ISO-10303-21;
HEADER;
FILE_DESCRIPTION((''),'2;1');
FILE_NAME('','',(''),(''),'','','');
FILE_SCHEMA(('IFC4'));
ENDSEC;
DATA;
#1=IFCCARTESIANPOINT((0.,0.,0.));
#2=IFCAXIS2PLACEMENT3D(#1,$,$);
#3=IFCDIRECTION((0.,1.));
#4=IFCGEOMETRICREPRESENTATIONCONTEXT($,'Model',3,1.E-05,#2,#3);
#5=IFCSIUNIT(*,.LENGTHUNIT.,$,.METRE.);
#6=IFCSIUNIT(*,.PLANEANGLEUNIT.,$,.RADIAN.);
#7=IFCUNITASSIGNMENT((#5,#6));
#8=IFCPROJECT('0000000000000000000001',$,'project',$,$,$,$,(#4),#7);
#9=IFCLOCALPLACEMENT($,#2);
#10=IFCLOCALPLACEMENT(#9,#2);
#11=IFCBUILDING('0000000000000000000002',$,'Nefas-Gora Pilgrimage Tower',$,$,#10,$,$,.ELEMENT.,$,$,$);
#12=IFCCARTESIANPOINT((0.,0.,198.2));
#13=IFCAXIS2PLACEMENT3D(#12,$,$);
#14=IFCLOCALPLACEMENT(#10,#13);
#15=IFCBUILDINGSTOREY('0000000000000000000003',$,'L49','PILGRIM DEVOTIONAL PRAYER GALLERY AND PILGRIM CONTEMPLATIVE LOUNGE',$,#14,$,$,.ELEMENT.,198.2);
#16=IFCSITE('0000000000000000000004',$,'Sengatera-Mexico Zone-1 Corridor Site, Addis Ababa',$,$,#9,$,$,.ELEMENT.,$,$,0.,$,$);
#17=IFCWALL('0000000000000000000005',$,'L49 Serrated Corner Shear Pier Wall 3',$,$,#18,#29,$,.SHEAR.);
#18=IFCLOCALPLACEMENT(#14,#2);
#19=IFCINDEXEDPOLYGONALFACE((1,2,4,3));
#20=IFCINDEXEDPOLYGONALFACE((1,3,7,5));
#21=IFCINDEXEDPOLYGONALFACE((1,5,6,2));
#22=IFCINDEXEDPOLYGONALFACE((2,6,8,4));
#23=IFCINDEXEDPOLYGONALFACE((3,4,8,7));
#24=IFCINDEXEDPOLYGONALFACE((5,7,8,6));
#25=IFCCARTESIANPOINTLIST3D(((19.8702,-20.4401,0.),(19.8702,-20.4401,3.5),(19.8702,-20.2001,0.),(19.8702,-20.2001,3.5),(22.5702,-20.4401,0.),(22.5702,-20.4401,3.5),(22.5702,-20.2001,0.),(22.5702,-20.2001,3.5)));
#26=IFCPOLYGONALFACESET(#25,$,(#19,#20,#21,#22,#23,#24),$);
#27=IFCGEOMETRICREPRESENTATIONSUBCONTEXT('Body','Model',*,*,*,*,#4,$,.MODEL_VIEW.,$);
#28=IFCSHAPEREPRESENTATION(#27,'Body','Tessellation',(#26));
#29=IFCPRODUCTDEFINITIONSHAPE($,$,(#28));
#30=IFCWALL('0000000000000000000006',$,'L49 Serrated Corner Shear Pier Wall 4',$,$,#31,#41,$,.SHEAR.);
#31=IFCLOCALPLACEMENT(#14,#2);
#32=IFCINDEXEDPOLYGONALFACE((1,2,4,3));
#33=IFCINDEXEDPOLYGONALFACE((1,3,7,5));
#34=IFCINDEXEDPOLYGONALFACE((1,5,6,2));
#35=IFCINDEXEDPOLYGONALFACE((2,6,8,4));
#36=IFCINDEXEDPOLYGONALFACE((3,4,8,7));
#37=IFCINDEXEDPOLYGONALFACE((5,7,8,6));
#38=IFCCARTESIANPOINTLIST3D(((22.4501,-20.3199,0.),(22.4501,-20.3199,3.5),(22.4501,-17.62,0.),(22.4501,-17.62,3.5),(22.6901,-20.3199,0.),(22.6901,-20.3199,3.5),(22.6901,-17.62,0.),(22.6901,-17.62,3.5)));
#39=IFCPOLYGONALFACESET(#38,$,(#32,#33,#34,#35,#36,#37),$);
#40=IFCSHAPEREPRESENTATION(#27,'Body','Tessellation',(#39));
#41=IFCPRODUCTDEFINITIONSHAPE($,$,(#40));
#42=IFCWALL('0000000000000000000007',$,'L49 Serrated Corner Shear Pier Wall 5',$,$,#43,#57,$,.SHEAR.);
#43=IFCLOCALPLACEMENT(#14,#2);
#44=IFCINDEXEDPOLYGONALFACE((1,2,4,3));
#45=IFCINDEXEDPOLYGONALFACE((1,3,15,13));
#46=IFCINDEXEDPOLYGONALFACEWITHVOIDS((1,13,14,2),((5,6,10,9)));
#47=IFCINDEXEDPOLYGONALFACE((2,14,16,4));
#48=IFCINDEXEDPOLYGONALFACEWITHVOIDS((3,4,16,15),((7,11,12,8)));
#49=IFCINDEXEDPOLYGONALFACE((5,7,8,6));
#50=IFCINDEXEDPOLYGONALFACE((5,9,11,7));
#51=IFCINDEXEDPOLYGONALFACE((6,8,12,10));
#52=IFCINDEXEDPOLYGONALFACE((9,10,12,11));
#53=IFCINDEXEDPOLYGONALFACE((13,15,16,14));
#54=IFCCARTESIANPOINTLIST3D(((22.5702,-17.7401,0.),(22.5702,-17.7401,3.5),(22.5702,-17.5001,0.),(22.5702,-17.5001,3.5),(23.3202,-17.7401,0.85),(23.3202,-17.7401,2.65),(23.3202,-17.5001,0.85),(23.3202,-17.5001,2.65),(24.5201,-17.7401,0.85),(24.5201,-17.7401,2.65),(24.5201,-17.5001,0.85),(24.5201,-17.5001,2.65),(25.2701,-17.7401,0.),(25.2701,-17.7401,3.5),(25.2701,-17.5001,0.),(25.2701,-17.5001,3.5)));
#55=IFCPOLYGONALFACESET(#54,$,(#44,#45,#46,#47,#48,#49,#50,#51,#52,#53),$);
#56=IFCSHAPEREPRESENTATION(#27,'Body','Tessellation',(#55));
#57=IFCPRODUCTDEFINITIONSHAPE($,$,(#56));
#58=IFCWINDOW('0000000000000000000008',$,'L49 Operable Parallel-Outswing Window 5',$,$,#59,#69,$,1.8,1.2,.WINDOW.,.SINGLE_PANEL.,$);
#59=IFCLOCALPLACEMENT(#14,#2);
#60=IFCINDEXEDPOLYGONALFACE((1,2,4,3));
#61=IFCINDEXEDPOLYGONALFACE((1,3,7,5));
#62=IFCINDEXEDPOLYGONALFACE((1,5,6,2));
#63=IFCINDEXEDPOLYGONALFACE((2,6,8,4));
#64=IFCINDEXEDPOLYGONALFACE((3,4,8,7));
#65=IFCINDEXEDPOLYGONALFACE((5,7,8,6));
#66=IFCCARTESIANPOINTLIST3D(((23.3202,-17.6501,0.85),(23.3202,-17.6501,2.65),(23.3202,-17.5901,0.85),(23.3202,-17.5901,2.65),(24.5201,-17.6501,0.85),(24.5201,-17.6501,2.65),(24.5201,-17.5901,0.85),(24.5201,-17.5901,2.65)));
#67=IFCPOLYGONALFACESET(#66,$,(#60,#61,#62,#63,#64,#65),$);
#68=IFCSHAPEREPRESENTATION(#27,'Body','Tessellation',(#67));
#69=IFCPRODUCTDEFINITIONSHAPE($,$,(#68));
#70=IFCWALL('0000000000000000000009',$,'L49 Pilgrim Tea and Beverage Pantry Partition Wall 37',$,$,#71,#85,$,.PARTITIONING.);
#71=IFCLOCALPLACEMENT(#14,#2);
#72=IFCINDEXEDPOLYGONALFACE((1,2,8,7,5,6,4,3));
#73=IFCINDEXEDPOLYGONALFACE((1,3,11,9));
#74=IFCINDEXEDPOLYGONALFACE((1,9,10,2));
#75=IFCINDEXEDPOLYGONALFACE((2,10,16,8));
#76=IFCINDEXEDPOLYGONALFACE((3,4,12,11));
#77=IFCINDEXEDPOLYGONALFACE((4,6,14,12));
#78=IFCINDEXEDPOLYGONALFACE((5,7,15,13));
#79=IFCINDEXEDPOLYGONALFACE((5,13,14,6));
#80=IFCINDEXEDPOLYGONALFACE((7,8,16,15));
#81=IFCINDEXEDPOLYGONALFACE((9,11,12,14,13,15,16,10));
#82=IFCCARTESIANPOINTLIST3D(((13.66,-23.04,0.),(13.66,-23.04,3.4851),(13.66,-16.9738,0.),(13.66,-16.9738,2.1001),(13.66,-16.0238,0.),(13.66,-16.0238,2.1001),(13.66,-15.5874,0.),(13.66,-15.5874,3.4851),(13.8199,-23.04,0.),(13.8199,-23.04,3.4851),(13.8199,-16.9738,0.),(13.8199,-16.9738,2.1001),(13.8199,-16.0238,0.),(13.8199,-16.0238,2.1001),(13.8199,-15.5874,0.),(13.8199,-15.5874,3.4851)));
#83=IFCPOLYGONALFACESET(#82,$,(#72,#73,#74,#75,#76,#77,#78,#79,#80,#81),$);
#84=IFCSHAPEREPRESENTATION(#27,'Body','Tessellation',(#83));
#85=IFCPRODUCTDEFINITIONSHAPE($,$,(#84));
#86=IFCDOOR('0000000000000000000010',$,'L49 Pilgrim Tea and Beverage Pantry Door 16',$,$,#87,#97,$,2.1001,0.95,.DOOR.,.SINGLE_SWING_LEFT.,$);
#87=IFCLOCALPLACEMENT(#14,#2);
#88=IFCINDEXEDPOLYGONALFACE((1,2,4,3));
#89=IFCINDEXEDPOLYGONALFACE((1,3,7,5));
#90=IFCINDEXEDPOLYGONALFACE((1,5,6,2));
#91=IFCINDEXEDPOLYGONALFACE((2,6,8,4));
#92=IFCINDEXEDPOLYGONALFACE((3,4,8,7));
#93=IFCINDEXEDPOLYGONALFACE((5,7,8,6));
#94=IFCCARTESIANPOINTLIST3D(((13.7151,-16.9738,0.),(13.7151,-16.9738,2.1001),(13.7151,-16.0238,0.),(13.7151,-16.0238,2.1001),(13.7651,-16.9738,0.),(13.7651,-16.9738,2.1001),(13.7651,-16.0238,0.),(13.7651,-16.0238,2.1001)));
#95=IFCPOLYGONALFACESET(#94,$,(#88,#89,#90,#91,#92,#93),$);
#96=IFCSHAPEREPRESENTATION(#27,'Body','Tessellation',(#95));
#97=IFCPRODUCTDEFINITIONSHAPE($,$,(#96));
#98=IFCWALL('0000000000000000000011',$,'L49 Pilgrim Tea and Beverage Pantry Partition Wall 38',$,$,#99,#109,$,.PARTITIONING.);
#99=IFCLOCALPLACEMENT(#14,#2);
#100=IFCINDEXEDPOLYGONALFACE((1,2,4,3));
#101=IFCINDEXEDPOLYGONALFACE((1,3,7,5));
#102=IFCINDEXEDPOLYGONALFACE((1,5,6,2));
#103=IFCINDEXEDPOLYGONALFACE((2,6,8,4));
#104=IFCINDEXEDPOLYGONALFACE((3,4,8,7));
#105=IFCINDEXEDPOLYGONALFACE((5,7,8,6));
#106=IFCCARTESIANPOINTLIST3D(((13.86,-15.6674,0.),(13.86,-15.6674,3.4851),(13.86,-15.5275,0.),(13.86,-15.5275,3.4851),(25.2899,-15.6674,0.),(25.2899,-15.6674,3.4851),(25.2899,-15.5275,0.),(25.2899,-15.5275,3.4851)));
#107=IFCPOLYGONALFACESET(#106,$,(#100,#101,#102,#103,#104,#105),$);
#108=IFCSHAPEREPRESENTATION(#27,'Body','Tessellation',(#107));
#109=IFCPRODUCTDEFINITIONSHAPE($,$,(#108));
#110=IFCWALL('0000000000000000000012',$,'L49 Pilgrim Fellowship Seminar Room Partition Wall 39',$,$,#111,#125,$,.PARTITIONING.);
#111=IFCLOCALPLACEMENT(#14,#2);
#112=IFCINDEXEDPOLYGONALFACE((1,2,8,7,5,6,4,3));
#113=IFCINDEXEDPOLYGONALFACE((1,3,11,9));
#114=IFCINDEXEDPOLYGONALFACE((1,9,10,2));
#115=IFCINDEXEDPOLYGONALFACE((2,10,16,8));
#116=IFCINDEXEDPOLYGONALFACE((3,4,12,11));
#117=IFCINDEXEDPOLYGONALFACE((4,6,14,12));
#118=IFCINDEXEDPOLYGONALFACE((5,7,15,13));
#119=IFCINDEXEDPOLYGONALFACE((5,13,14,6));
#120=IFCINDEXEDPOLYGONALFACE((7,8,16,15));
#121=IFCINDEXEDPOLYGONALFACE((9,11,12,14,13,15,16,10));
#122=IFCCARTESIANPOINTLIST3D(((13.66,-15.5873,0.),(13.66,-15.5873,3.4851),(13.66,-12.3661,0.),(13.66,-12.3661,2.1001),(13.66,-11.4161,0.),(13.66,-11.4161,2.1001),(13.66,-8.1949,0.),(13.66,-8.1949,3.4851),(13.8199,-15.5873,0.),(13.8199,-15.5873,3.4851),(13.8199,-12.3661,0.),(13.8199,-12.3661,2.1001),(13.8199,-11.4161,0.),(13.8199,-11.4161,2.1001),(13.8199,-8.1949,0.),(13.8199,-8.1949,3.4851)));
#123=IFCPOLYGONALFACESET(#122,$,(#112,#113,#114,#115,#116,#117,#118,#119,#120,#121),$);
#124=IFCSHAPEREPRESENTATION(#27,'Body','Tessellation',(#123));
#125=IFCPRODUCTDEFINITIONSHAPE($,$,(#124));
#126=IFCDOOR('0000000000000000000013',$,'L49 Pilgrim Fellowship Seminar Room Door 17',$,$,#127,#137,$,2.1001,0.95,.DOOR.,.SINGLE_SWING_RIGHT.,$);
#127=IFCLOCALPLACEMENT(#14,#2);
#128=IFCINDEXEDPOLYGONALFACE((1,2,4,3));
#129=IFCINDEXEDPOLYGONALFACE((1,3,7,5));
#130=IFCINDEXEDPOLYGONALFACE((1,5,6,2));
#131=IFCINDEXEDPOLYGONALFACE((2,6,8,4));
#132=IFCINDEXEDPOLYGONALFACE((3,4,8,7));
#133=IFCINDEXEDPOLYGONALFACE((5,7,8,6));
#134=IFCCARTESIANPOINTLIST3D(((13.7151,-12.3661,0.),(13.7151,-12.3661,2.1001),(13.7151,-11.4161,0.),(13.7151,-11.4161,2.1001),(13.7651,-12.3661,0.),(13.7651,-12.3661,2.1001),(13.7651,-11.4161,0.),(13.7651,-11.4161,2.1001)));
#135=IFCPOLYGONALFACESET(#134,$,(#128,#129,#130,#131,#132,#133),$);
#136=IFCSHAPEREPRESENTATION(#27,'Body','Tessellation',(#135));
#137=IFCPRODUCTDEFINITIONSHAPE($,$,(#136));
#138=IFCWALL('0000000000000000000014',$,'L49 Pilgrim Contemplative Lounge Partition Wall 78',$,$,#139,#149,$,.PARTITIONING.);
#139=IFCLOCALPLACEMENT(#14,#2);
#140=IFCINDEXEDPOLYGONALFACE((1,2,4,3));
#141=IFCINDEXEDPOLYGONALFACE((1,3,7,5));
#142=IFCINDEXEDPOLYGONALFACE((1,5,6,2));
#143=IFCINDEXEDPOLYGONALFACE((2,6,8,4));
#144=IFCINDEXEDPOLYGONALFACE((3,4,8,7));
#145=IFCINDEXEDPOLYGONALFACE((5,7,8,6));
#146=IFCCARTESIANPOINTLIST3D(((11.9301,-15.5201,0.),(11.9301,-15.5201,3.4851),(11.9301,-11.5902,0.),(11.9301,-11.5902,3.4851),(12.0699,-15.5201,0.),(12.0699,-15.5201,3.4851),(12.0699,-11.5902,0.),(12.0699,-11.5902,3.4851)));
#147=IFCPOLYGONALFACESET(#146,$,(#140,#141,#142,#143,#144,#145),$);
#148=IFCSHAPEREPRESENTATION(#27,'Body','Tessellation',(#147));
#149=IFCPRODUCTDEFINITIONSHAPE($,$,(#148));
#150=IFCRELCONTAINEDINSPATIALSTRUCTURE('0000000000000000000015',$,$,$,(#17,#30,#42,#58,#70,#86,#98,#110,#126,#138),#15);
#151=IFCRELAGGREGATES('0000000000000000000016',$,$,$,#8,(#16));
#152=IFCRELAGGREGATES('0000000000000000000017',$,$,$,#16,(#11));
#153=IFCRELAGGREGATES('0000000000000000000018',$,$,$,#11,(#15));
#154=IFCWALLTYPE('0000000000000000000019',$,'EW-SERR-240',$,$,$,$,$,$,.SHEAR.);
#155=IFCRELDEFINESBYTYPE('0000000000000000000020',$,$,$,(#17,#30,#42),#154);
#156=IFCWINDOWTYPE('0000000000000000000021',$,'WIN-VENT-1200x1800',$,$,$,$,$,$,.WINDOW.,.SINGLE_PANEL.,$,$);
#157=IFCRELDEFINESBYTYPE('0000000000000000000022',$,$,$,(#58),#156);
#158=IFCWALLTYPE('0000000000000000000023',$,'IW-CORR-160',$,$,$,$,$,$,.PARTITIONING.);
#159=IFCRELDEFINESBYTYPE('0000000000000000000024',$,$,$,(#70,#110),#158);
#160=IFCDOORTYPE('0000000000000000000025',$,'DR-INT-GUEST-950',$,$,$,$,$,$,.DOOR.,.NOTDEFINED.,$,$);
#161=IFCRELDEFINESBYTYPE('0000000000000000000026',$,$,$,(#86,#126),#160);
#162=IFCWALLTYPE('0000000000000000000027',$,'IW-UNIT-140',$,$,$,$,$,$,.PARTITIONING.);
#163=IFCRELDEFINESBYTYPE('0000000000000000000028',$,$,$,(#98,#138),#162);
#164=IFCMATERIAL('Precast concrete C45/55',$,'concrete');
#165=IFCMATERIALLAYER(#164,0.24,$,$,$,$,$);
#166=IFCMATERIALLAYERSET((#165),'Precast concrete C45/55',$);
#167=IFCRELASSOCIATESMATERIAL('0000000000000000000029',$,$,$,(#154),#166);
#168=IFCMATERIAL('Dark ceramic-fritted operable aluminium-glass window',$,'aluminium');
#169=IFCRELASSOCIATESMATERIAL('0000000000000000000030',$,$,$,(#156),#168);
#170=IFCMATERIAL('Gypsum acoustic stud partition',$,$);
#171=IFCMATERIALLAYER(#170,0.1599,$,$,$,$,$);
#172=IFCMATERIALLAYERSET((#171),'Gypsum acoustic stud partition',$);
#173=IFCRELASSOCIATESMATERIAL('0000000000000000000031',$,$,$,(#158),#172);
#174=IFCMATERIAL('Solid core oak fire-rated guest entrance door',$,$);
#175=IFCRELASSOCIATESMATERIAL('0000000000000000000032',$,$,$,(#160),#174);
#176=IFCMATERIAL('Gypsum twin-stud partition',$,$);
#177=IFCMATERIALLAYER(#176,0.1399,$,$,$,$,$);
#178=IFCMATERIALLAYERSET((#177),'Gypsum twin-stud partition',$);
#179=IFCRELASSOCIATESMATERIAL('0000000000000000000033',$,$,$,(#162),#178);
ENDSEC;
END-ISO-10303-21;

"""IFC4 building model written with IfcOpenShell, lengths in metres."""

from ifc_helpers import new_model, si_unit, direction, frame, frame_2d, origin, place, context, subcontext, project, spatial, rectangle, extrude, source, transform, mapped, material, layer, layer_set, type_object, element, fill, save


model = new_model("IFC4")

# Units and contexts
model_context = context("Model", 3, precision=1e-05, world=origin(), true_north=direction((0.0, 1.0)))
body_context = subcontext(model_context, "Body", "Model", "MODEL_VIEW")
ifc_project = project(units=[si_unit("LENGTHUNIT", "METRE"), si_unit("PLANEANGLEUNIT", "RADIAN")], contexts=[model_context])

# Site, building, storey
site_placement = place(None, origin())
site = spatial("IfcSite", under=ifc_project, at=site_placement, Name="Sengatera-Mexico Zone-1 Corridor Site, Addis Ababa", CompositionType="ELEMENT", RefElevation=0.0)
building_placement = place(site_placement, origin())
building = spatial("IfcBuilding", under=site, at=building_placement, Name="Nefas-Gora Pilgrimage Tower", CompositionType="ELEMENT")
storey_placement = place(building_placement, frame((0.0, 0.0, 198.2)))
storey = spatial("IfcBuildingStorey", under=building, at=storey_placement, Name="L49", Description="PILGRIM DEVOTIONAL PRAYER GALLERY AND PILGRIM CONTEMPLATIVE LOUNGE", CompositionType="ELEMENT", Elevation=198.2)

# Walls
ifc_material_1 = material(Name="Precast concrete C45/55", Category="concrete")
ifc_layer_1 = layer(ifc_material_1, 0.24)
ifc_layer_set_1 = layer_set([ifc_layer_1], Name="Precast concrete C45/55")
wall_type_1 = type_object("IfcWallType", Name="EW-SERR-240", PredefinedType="SHEAR", material=ifc_layer_set_1)
shared_shape_1 = source(origin(), body_context, "Body", "SweptSolid", [
    extrude(rectangle(XDim=2.7, YDim=0.24, at=frame_2d((1.3501, 0.0))), origin(), (0.0, 0.0, 1.0), 3.5),
])
for number, where, z_axis, x_axis, name in (
    (1, (19.8701, -20.3201, 0.0), (0.0, 0.0, 1.0), (1.0, 0.0, 0.0), "L49 Serrated Corner Shear Pier Wall 3"),
    (2, (22.5701, -20.3201, 0.0), (0.0, 0.0, 1.0), (0.0, 1.0, 0.0), "L49 Serrated Corner Shear Pier Wall 4"),
):
    element("IfcWall", number, at=place(storey_placement, frame(where, z_axis=z_axis, x_axis=x_axis)), inside=storey, type_object=wall_type_1, Name=name, PredefinedType="SHEAR", context=body_context, shape_type="MappedRepresentation", body=[
        mapped(shared_shape_1, transform((0.0, 0.0, 0.0), x_axis=(1.0, 0.0, 0.0), y_axis=(0.0, 1.0, 0.0), z_axis=(0.0, 0.0, 1.0), scale=1.0)),
    ])

# Wall, opening, window
wall_1_placement = place(storey_placement, frame((22.5701, -17.6201, 0.0), z_axis=(0.0, 0.0, 1.0), x_axis=(1.0, 0.0, 0.0)))
wall_1 = element("IfcWall", 3, at=wall_1_placement, inside=storey, type_object=wall_type_1, Name="L49 Serrated Corner Shear Pier Wall 5", PredefinedType="SHEAR", context=body_context, shape_type="MappedRepresentation", body=[
    mapped(shared_shape_1, transform((0.0, 0.0, 0.0), x_axis=(1.0, 0.0, 0.0), y_axis=(0.0, 1.0, 0.0), z_axis=(0.0, 0.0, 1.0), scale=1.0)),
])
opening_1_placement = place(wall_1_placement, frame((0.75, 0.0, 0.8501)))
opening_1 = element("IfcOpeningElement", 4, at=opening_1_placement, cuts=wall_1, PredefinedType="OPENING", context=body_context, shape_type="SweptSolid", body=[
    extrude(rectangle(XDim=1.2, YDim=1.8, at=frame_2d((0.6001, 0.8999))), frame((0.0, 0.1299, 0.0), z_axis=(0.0, -1.0, 0.0), x_axis=(1.0, 0.0, 0.0)), (0.0, 0.0, 1.0), 0.26),
])
ifc_material_2 = material(Name="Dark ceramic-fritted operable aluminium-glass window", Category="aluminium")
window_type = type_object("IfcWindowType", Name="WIN-VENT-1200x1800", PartitioningType="SINGLE_PANEL", PredefinedType="WINDOW", material=ifc_material_2)
shared_shape_2 = source(origin(), body_context, "Body", "SweptSolid", [
    extrude(rectangle(XDim=1.2, YDim=1.8, at=frame_2d((0.6001, 0.8999))), frame((0.0, 0.03, 0.0), z_axis=(0.0, -1.0, 0.0), x_axis=(1.0, 0.0, 0.0)), (0.0, 0.0, 1.0), 0.0601),
])
window_placement = place(opening_1_placement, origin())
window = element("IfcWindow", 5, at=window_placement, inside=storey, type_object=window_type, Name="L49 Operable Parallel-Outswing Window 5", OverallHeight=1.8, OverallWidth=1.2, PartitioningType="SINGLE_PANEL", PredefinedType="WINDOW", context=body_context, shape_type="MappedRepresentation", body=[
    mapped(shared_shape_2, transform((0.0, 0.0, 0.0), x_axis=(1.0, 0.0, 0.0), y_axis=(0.0, 1.0, 0.0), z_axis=(0.0, 0.0, 1.0), scale=1.0)),
])
fill(opening_1, window)

# Wall, opening, door
ifc_material_3 = material(Name="Gypsum acoustic stud partition")
ifc_layer_2 = layer(ifc_material_3, 0.1599)
ifc_layer_set_2 = layer_set([ifc_layer_2], Name="Gypsum acoustic stud partition")
wall_type_2 = type_object("IfcWallType", Name="IW-CORR-160", PredefinedType="PARTITIONING", material=ifc_layer_set_2)
shared_shape_3 = source(origin(), body_context, "Body", "SweptSolid", [
    extrude(rectangle(XDim=7.4526, YDim=0.1599, at=frame_2d((3.7263, 0.0))), origin(), (0.0, 0.0, 1.0), 3.4851),
])
wall_2_placement = place(storey_placement, frame((13.74, -23.04, 0.0), z_axis=(0.0, 0.0, 1.0), x_axis=(0.0, 1.0, 0.0)))
wall_2 = element("IfcWall", 6, at=wall_2_placement, inside=storey, type_object=wall_type_2, Name="L49 Pilgrim Tea and Beverage Pantry Partition Wall 37", PredefinedType="PARTITIONING", context=body_context, shape_type="MappedRepresentation", body=[
    mapped(shared_shape_3, transform((0.0, 0.0, 0.0), x_axis=(1.0, 0.0, 0.0), y_axis=(0.0, 1.0, 0.0), z_axis=(0.0, 0.0, 1.0), scale=1.0)),
])
opening_2_placement = place(wall_2_placement, frame((6.0662, 0.0, 0.0)))
opening_2 = element("IfcOpeningElement", 7, at=opening_2_placement, cuts=wall_2, PredefinedType="OPENING", context=body_context, shape_type="SweptSolid", body=[
    extrude(rectangle(XDim=0.95, YDim=2.1001, at=frame_2d((0.4751, 1.05))), frame((0.0, 0.0898, 0.0), z_axis=(0.0, -1.0, 0.0), x_axis=(1.0, 0.0, 0.0)), (0.0, 0.0, 1.0), 0.1799),
])
ifc_material_4 = material(Name="Solid core oak fire-rated guest entrance door")
door_type = type_object("IfcDoorType", Name="DR-INT-GUEST-950", OperationType="NOTDEFINED", PredefinedType="DOOR", material=ifc_material_4)
shared_shape_4 = source(origin(), body_context, "Body", "SweptSolid", [
    extrude(rectangle(XDim=0.95, YDim=2.1001, at=frame_2d((0.4751, 1.05))), frame((0.0, 0.0249, 0.0), z_axis=(0.0, -1.0, 0.0), x_axis=(1.0, 0.0, 0.0)), (0.0, 0.0, 1.0), 0.05),
])
door_1_placement = place(opening_2_placement, origin())
door_1 = element("IfcDoor", 8, at=door_1_placement, inside=storey, type_object=door_type, Name="L49 Pilgrim Tea and Beverage Pantry Door 16", OperationType="SINGLE_SWING_LEFT", OverallHeight=2.1001, OverallWidth=0.95, PredefinedType="DOOR", context=body_context, shape_type="MappedRepresentation", body=[
    mapped(shared_shape_4, transform((0.0, 0.0, 0.0), x_axis=(1.0, 0.0, 0.0), y_axis=(0.0, 1.0, 0.0), z_axis=(0.0, 0.0, 1.0), scale=1.0)),
])
fill(opening_2, door_1)

# Wall
ifc_material_5 = material(Name="Gypsum twin-stud partition")
ifc_layer_3 = layer(ifc_material_5, 0.1399)
ifc_layer_set_3 = layer_set([ifc_layer_3], Name="Gypsum twin-stud partition")
wall_type_3 = type_object("IfcWallType", Name="IW-UNIT-140", PredefinedType="PARTITIONING", material=ifc_layer_set_3)
shared_shape_5 = source(origin(), body_context, "Body", "SweptSolid", [
    extrude(rectangle(XDim=11.4299, YDim=0.1399, at=frame_2d((5.7148, 0.0))), origin(), (0.0, 0.0, 1.0), 3.4851),
])
wall_3_placement = place(storey_placement, frame((13.8601, -15.5974, 0.0), z_axis=(0.0, 0.0, 1.0), x_axis=(1.0, 0.0, 0.0)))
element("IfcWall", 9, at=wall_3_placement, inside=storey, type_object=wall_type_3, Name="L49 Pilgrim Tea and Beverage Pantry Partition Wall 38", PredefinedType="PARTITIONING", context=body_context, shape_type="MappedRepresentation", body=[
    mapped(shared_shape_5, transform((0.0, 0.0, 0.0), x_axis=(1.0, 0.0, 0.0), y_axis=(0.0, 1.0, 0.0), z_axis=(0.0, 0.0, 1.0), scale=1.0)),
])

# Wall, opening, door
shared_shape_6 = source(origin(), body_context, "Body", "SweptSolid", [
    extrude(rectangle(XDim=7.3923, YDim=0.1599, at=frame_2d((3.6963, 0.0))), origin(), (0.0, 0.0, 1.0), 3.4851),
])
wall_4_placement = place(storey_placement, frame((13.74, -15.5874, 0.0), z_axis=(0.0, 0.0, 1.0), x_axis=(0.0, 1.0, 0.0)))
wall_4 = element("IfcWall", 10, at=wall_4_placement, inside=storey, type_object=wall_type_2, Name="L49 Pilgrim Fellowship Seminar Room Partition Wall 39", PredefinedType="PARTITIONING", context=body_context, shape_type="MappedRepresentation", body=[
    mapped(shared_shape_6, transform((0.0, 0.0, 0.0), x_axis=(1.0, 0.0, 0.0), y_axis=(0.0, 1.0, 0.0), z_axis=(0.0, 0.0, 1.0), scale=1.0)),
])
opening_3_placement = place(wall_4_placement, frame((3.2212, 0.0, 0.0)))
opening_3 = element("IfcOpeningElement", 11, at=opening_3_placement, cuts=wall_4, PredefinedType="OPENING", context=body_context, shape_type="SweptSolid", body=[
    extrude(rectangle(XDim=0.95, YDim=2.1001, at=frame_2d((0.4751, 1.05))), frame((0.0, 0.0898, 0.0), z_axis=(0.0, -1.0, 0.0), x_axis=(1.0, 0.0, 0.0)), (0.0, 0.0, 1.0), 0.1799),
])
door_2_placement = place(opening_3_placement, origin())
door_2 = element("IfcDoor", 12, at=door_2_placement, inside=storey, type_object=door_type, Name="L49 Pilgrim Fellowship Seminar Room Door 17", OperationType="SINGLE_SWING_RIGHT", OverallHeight=2.1001, OverallWidth=0.95, PredefinedType="DOOR", context=body_context, shape_type="MappedRepresentation", body=[
    mapped(shared_shape_4, transform((0.0, 0.0, 0.0), x_axis=(1.0, 0.0, 0.0), y_axis=(0.0, 1.0, 0.0), z_axis=(0.0, 0.0, 1.0), scale=1.0)),
])
fill(opening_3, door_2)

# Wall
shared_shape_7 = source(origin(), body_context, "Body", "SweptSolid", [
    extrude(rectangle(XDim=3.9299, YDim=0.1399, at=frame_2d((1.9648, 0.0))), origin(), (0.0, 0.0, 1.0), 3.4851),
])
wall_5_placement = place(storey_placement, frame((12.0, -15.52, 0.0), z_axis=(0.0, 0.0, 1.0), x_axis=(0.0, 1.0, 0.0)))
element("IfcWall", 13, at=wall_5_placement, inside=storey, type_object=wall_type_3, Name="L49 Pilgrim Contemplative Lounge Partition Wall 78", PredefinedType="PARTITIONING", context=body_context, shape_type="MappedRepresentation", body=[
    mapped(shared_shape_7, transform((0.0, 0.0, 0.0), x_axis=(1.0, 0.0, 0.0), y_axis=(0.0, 1.0, 0.0), z_axis=(0.0, 0.0, 1.0), scale=1.0)),
])

save(model, "model.ifc")
